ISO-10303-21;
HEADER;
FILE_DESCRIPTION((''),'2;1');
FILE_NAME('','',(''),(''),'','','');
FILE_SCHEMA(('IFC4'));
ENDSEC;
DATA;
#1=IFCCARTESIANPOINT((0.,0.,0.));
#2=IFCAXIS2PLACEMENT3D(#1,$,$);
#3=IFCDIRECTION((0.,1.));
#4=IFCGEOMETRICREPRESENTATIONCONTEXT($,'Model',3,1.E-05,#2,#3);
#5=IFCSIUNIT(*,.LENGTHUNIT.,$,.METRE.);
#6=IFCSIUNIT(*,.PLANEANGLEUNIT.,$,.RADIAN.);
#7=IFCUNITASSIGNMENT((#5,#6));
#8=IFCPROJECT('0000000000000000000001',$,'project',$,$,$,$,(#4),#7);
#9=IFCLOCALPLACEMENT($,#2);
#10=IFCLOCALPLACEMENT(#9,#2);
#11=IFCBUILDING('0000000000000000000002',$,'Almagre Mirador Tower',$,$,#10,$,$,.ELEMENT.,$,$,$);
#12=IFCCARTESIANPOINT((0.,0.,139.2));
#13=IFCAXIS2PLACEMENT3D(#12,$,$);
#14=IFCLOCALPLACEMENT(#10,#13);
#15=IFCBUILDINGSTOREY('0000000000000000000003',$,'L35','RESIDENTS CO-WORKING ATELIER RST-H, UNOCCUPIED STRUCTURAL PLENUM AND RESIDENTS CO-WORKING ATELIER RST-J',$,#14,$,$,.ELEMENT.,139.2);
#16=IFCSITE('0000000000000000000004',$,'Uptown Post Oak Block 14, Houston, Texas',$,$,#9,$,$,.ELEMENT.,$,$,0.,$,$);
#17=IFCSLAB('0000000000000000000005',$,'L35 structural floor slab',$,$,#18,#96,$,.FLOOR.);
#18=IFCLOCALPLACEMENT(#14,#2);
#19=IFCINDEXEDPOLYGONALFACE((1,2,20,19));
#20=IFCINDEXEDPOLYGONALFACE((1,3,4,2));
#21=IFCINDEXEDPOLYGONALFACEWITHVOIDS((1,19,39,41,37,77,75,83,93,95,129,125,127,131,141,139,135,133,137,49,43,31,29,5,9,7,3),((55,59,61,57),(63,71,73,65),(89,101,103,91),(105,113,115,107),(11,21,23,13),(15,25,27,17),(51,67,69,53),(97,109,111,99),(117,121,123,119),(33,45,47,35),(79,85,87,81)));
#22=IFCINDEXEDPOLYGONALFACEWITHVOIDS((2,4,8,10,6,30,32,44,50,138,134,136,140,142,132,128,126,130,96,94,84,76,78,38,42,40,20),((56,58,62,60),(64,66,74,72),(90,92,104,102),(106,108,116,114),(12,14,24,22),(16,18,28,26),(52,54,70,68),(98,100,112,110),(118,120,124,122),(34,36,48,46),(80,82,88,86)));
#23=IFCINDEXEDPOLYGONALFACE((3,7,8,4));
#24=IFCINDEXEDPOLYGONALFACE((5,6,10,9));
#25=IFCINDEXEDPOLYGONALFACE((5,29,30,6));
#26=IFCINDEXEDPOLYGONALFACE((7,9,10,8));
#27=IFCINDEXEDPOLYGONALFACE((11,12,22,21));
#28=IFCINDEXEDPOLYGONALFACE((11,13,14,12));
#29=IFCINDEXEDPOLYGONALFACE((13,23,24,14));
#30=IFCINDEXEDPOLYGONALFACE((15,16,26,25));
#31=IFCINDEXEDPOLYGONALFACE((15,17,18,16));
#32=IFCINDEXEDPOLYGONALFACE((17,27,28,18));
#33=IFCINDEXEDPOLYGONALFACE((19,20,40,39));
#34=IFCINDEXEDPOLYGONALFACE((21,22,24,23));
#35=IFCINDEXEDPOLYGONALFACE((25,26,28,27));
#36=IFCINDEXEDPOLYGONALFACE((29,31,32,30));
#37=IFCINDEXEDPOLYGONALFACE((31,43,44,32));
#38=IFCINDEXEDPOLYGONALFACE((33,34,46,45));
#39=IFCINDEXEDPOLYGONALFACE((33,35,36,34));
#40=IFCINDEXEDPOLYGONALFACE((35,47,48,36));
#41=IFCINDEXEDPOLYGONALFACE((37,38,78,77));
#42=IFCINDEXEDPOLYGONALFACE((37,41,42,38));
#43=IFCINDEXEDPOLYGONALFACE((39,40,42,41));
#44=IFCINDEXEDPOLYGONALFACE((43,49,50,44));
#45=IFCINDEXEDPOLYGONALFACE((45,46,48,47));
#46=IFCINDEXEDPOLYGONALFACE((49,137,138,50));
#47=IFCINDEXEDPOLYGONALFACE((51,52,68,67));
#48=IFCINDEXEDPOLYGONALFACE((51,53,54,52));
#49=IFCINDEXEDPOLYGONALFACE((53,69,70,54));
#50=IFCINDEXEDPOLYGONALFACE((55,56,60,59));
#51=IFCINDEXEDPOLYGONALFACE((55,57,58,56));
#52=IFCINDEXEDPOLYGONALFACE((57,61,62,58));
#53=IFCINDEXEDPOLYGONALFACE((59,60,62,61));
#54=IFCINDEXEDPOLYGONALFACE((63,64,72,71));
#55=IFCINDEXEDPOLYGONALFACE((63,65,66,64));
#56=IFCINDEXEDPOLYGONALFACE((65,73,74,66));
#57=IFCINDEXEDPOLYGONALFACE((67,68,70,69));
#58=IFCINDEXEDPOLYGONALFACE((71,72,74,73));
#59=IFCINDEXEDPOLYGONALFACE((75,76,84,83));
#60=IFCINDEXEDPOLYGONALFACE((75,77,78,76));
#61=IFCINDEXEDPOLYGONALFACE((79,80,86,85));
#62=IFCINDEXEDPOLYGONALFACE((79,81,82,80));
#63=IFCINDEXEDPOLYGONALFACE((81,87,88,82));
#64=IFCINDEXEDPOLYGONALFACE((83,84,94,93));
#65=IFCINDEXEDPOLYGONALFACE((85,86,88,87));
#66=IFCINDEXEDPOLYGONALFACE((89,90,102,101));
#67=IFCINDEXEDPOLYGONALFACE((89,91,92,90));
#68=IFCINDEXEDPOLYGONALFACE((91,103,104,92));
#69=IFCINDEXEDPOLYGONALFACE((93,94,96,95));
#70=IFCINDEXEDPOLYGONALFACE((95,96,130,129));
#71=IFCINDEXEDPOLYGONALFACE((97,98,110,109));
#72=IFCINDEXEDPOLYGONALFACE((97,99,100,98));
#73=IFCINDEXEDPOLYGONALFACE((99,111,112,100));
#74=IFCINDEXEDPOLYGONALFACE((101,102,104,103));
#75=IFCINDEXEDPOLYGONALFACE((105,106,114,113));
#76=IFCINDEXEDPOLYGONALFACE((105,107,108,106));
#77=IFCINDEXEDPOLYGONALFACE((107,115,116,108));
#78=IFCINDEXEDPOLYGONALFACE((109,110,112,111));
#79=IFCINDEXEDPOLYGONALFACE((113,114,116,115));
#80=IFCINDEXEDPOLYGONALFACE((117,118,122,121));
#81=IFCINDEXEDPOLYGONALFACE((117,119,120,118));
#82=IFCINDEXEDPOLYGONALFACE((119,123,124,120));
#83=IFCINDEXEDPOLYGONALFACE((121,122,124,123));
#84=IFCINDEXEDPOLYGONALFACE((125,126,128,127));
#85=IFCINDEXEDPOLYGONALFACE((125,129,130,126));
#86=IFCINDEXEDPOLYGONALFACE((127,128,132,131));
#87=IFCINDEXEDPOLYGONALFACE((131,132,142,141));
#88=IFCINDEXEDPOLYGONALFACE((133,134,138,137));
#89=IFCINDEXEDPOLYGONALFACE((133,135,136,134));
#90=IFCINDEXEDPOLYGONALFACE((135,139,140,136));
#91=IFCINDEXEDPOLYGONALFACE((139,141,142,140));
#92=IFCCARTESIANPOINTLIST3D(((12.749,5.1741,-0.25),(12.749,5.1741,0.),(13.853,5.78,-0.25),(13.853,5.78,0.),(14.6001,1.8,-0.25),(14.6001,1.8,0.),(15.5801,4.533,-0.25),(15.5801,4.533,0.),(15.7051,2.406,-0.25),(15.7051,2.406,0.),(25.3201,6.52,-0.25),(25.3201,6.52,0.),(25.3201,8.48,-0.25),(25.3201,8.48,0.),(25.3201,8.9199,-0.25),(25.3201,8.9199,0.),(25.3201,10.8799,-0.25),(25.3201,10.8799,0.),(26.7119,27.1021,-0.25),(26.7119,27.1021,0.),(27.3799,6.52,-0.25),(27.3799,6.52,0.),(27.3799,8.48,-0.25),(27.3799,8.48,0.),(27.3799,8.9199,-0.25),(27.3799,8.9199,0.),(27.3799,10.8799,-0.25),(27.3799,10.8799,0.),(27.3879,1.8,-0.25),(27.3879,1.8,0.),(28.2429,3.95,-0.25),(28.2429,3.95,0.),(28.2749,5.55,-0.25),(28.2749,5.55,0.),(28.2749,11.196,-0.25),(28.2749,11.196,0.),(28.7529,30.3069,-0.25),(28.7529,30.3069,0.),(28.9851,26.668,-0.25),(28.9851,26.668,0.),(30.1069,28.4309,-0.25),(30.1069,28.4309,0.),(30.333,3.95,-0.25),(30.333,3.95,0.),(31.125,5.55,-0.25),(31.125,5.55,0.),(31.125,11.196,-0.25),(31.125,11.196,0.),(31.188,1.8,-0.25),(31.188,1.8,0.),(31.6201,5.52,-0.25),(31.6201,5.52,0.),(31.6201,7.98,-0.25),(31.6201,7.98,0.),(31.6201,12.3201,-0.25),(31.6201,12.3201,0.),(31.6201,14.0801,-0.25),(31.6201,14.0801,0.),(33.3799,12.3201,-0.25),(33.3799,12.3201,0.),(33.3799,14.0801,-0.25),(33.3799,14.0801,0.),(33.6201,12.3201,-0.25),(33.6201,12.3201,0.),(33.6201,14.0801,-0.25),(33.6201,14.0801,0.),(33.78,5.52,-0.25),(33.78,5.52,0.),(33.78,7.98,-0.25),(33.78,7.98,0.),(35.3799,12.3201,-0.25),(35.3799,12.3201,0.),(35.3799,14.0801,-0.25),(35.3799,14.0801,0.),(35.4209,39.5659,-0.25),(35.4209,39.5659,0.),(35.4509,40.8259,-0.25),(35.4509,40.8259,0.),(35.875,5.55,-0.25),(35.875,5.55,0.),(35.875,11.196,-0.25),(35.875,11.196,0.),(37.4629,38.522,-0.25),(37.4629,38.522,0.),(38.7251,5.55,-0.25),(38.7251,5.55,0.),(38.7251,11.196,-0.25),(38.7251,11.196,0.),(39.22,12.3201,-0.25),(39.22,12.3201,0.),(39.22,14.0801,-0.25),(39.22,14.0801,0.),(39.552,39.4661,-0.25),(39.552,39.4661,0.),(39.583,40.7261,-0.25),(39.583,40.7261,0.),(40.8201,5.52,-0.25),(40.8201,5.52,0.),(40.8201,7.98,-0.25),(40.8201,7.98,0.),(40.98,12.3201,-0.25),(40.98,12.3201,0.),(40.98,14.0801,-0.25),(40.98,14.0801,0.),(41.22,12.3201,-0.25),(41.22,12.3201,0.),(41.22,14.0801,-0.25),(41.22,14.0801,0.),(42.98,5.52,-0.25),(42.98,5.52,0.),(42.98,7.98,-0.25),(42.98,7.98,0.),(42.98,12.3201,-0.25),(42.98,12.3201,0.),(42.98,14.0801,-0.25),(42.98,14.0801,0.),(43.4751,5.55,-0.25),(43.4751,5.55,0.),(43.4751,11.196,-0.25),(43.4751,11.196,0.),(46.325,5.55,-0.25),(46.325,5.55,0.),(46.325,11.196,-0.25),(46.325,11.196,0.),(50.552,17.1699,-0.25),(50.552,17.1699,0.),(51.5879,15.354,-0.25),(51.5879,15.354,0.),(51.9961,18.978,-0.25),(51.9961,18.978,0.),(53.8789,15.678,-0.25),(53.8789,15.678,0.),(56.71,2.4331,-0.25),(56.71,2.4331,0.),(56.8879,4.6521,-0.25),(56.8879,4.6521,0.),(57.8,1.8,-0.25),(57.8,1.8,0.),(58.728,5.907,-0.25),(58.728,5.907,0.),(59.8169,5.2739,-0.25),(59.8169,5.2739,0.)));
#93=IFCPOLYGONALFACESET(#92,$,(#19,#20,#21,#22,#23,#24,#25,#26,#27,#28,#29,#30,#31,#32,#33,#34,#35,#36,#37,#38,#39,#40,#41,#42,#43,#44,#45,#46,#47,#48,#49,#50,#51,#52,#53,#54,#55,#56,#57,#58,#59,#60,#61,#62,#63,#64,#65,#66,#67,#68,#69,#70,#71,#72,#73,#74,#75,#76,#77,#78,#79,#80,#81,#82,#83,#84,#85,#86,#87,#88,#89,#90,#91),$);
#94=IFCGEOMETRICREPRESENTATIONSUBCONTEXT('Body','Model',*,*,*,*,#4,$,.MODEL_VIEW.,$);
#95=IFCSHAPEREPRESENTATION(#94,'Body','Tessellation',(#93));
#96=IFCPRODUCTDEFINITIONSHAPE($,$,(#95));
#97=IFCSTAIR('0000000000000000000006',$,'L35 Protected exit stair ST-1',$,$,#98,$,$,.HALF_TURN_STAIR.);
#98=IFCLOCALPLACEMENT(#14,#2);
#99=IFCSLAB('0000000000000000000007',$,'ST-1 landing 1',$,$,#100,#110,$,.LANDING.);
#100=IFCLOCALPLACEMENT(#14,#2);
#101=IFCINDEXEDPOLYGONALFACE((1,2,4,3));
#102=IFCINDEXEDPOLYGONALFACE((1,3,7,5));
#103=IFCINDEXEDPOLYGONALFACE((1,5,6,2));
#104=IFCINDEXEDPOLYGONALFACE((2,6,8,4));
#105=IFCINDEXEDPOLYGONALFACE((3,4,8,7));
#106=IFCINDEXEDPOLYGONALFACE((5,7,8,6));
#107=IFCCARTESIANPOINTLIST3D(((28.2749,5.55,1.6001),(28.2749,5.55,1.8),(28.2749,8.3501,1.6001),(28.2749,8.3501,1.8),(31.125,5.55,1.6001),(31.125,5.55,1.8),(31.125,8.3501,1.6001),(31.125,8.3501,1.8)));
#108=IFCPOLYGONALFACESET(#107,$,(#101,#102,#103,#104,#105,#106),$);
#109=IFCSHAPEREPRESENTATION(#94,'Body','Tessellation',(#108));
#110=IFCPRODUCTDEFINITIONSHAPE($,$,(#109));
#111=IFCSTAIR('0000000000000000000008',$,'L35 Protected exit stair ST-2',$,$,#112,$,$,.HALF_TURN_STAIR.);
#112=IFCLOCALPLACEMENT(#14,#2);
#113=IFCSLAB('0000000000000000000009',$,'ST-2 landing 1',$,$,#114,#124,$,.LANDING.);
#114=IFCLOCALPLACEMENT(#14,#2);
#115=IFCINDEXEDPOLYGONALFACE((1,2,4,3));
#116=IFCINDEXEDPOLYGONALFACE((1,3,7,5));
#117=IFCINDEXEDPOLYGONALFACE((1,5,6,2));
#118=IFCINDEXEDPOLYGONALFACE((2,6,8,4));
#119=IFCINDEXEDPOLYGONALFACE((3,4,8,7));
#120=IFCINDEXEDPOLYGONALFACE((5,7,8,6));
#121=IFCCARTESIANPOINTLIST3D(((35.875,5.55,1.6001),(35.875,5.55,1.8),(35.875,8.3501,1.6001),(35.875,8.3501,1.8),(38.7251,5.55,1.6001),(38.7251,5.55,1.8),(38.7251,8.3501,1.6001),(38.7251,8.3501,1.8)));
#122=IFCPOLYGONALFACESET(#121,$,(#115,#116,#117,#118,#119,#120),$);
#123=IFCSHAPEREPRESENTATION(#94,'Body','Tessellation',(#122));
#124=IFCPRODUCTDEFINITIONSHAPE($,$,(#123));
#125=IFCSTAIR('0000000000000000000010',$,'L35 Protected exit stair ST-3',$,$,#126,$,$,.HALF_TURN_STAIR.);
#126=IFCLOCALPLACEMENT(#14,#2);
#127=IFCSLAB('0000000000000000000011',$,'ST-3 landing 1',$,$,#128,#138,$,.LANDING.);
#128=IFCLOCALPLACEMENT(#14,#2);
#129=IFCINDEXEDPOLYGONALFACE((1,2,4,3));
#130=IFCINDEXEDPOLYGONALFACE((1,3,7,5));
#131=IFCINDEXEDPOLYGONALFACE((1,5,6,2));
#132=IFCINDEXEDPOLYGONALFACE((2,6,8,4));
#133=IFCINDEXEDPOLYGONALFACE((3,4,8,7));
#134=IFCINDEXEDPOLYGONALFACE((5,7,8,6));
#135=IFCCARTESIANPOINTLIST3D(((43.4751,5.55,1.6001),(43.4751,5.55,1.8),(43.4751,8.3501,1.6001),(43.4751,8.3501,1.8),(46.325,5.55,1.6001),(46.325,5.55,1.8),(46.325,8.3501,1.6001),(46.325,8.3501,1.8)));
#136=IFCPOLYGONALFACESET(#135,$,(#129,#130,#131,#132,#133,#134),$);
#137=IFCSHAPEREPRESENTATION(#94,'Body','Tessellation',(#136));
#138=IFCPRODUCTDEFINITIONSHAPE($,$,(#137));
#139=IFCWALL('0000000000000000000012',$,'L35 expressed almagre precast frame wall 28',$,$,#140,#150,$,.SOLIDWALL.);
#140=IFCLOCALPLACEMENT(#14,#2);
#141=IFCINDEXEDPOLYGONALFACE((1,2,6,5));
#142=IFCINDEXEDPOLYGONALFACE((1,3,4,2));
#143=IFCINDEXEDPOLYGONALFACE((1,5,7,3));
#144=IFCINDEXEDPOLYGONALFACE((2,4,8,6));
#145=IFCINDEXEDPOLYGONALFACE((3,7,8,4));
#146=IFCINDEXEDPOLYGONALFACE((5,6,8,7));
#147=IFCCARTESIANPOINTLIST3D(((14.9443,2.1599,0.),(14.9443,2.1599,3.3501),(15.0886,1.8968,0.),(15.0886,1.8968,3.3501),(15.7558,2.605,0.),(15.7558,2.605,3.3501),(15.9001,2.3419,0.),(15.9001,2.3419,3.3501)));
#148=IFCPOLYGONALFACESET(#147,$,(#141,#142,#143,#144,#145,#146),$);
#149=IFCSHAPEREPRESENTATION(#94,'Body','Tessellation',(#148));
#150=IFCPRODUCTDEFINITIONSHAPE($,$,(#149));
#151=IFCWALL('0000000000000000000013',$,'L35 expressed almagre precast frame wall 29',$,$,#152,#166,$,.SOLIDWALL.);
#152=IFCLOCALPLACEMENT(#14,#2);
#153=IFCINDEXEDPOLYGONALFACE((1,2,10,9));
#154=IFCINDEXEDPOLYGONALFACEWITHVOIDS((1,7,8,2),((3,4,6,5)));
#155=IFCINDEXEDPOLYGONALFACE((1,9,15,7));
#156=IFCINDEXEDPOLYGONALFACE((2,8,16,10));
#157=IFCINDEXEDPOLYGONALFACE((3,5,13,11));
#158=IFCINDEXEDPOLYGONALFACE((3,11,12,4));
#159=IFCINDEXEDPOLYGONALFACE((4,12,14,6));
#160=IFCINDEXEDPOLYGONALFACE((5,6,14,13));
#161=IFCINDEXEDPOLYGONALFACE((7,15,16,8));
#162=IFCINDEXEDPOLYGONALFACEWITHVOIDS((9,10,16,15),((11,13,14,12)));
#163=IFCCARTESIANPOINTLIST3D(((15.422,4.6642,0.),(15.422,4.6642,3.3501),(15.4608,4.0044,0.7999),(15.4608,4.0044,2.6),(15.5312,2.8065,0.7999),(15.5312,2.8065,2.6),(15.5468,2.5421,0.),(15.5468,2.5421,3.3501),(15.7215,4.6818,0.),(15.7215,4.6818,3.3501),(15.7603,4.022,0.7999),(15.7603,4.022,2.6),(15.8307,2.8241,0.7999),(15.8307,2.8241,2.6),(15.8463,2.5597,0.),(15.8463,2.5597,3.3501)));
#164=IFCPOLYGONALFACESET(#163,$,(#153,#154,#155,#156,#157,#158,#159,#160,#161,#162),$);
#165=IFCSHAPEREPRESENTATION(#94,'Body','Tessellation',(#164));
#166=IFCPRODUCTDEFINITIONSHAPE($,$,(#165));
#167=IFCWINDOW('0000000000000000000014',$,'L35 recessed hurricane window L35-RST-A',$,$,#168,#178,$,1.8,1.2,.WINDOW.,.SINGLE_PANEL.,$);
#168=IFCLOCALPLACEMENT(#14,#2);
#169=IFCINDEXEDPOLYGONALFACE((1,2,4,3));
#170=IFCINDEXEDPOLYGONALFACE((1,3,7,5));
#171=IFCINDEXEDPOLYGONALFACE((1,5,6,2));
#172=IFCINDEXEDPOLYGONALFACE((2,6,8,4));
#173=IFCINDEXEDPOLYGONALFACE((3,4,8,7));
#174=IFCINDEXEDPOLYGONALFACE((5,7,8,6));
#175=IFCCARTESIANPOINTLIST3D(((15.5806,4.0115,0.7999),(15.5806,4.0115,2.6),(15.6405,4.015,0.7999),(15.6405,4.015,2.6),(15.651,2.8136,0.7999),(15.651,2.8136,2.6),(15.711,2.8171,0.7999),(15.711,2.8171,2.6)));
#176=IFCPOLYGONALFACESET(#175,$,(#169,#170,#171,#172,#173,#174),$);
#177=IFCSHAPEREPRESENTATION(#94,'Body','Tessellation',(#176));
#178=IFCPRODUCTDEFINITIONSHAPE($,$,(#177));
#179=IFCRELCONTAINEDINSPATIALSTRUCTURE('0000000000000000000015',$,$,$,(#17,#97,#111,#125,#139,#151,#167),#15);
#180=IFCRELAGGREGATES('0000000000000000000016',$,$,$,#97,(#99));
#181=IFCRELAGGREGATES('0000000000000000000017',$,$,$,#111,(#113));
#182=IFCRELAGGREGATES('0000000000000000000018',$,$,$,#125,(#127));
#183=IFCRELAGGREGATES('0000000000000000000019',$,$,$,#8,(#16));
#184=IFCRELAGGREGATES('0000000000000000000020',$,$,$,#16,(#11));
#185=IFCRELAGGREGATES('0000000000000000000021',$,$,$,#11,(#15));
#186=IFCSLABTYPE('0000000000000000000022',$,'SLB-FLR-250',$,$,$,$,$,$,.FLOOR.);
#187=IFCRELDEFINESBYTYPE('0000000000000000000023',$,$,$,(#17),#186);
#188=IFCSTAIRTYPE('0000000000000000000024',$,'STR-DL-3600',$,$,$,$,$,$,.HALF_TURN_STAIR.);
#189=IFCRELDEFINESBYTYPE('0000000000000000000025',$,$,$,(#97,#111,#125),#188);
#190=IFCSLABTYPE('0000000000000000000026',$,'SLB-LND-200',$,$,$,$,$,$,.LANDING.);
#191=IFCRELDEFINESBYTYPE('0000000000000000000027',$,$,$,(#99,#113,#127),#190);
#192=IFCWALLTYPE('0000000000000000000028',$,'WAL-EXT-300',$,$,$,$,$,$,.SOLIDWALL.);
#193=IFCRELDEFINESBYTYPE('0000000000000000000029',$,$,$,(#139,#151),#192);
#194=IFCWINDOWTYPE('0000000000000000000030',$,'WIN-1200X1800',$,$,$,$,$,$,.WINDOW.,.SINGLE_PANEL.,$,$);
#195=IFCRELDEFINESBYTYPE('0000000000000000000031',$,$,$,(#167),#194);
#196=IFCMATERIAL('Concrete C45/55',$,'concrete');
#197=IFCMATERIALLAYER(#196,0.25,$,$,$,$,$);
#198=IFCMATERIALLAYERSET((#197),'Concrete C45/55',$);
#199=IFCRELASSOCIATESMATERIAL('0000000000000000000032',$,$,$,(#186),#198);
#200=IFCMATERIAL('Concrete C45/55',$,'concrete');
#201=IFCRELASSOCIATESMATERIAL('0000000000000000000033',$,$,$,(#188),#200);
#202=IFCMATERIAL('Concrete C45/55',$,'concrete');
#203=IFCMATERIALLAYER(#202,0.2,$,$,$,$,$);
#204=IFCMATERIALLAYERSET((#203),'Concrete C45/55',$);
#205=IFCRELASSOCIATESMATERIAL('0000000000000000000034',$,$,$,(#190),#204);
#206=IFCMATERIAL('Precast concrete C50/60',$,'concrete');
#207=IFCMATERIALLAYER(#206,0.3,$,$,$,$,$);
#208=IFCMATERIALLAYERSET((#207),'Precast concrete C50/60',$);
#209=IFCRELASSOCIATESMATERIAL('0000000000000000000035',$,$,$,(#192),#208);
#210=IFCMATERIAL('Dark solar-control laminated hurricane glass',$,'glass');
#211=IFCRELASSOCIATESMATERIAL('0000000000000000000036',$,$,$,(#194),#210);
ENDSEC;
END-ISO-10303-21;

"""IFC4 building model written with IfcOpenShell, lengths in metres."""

from ifc_helpers import new_model, si_unit, direction, frame, frame_2d, origin, place, context, subcontext, project, spatial, polyline, rectangle, outline, extrude, material, layer, layer_set, type_object, element, fill, aggregate, save


model = new_model("IFC4")

# Units and contexts
model_context = context("Model", 3, precision=1e-05, world=origin(), true_north=direction((0.0, 1.0)))
body_context = subcontext(model_context, "Body", "Model", "MODEL_VIEW")
ifc_project = project(units=[si_unit("LENGTHUNIT", "METRE"), si_unit("PLANEANGLEUNIT", "RADIAN")], contexts=[model_context])

# Site, building, storey
site_placement = place(None, origin())
site = spatial("IfcSite", under=ifc_project, at=site_placement, Name="Uptown Post Oak Block 14, Houston, Texas", CompositionType="ELEMENT", RefElevation=0.0)
building_placement = place(site_placement, origin())
building = spatial("IfcBuilding", under=site, at=building_placement, Name="Almagre Mirador Tower", CompositionType="ELEMENT")
storey_placement = place(building_placement, frame((0.0, 0.0, 139.2)))
storey = spatial("IfcBuildingStorey", under=building, at=storey_placement, Name="L35", Description="RESIDENTS CO-WORKING ATELIER RST-H, UNOCCUPIED STRUCTURAL PLENUM AND RESIDENTS CO-WORKING ATELIER RST-J", CompositionType="ELEMENT", Elevation=139.2)

# Slab
ifc_material_1 = material(Name="Concrete C45/55", Category="concrete")
ifc_layer_1 = layer(ifc_material_1, 0.25)
ifc_layer_set_1 = layer_set([ifc_layer_1], Name="Concrete C45/55")
slab_type_1 = type_object("IfcSlabType", Name="SLB-FLR-250", PredefinedType="FLOOR", material=ifc_layer_set_1)
slab_1_placement = place(storey_placement, frame((0.0, 0.0, -0.25)))
element("IfcSlab", 1, at=slab_1_placement, inside=storey, type_object=slab_type_1, Name="L35 structural floor slab", PredefinedType="FLOOR", context=body_context, shape_type="SweptSolid", body=[
    extrude(outline(polyline([(12.749, 5.1741), (13.853, 5.78), (15.5801, 4.533), (15.7051, 2.406), (14.6001, 1.8), (27.3879, 1.8), (28.2429, 3.95), (30.333, 3.95), (31.188, 1.8), (57.8, 1.8), (56.71, 2.4331), (56.8879, 4.6521), (58.728, 5.907), (59.8169, 5.2739), (53.8789, 15.678), (51.5879, 15.354), (50.552, 17.1699), (51.9961, 18.978), (39.583, 40.7261), (39.552, 39.4661), (37.4629, 38.522), (35.4209, 39.5659), (35.4509, 40.8259), (28.7529, 30.3069), (30.1069, 28.4309), (28.9851, 26.668), (26.7119, 27.1021), (12.749, 5.1741)]), holes=[polyline([(43.4751, 5.55), (43.4751, 11.196), (46.325, 11.196), (46.325, 5.55), (43.4751, 5.55)]), polyline([(40.8201, 5.52), (40.8201, 7.98), (42.98, 7.98), (42.98, 5.52), (40.8201, 5.52)]), polyline([(41.22, 12.3201), (41.22, 14.0801), (42.98, 14.0801), (42.98, 12.3201), (41.22, 12.3201)]), polyline([(39.22, 12.3201), (39.22, 14.0801), (40.98, 14.0801), (40.98, 12.3201), (39.22, 12.3201)]), polyline([(35.875, 11.196), (38.7251, 11.196), (38.7251, 5.55), (35.875, 5.55), (35.875, 11.196)]), polyline([(35.3799, 12.3201), (33.6201, 12.3201), (33.6201, 14.0801), (35.3799, 14.0801), (35.3799, 12.3201)]), polyline([(33.78, 5.52), (31.6201, 5.52), (31.6201, 7.98), (33.78, 7.98), (33.78, 5.52)]), polyline([(31.6201, 12.3201), (31.6201, 14.0801), (33.3799, 14.0801), (33.3799, 12.3201), (31.6201, 12.3201)]), polyline([(28.2749, 5.55), (28.2749, 11.196), (31.125, 11.196), (31.125, 5.55), (28.2749, 5.55)]), polyline([(25.3201, 8.9199), (25.3201, 10.8799), (27.3799, 10.8799), (27.3799, 8.9199), (25.3201, 8.9199)]), polyline([(27.3799, 6.52), (25.3201, 6.52), (25.3201, 8.48), (27.3799, 8.48), (27.3799, 6.52)])]), origin(), (0.0, 0.0, 1.0), 0.25),
])

# Stairs, slabs
ifc_material_2 = material(Name="Concrete C45/55", Category="concrete")
stair_type = type_object("IfcStairType", Name="STR-DL-3600", PredefinedType="HALF_TURN_STAIR", material=ifc_material_2)
stair_1_placement = place(storey_placement, origin())
stair_1 = element("IfcStair", 2, at=stair_1_placement, inside=storey, type_object=stair_type, Name="L35 Protected exit stair ST-1", PredefinedType="HALF_TURN_STAIR")
ifc_material_3 = material(Name="Concrete C45/55", Category="concrete")
ifc_layer_2 = layer(ifc_material_3, 0.2)
ifc_layer_set_2 = layer_set([ifc_layer_2], Name="Concrete C45/55")
slab_type_2 = type_object("IfcSlabType", Name="SLB-LND-200", PredefinedType="LANDING", material=ifc_layer_set_2)
slab_2_placement = place(storey_placement, frame((0.0, 0.0, 1.6001)))
slab_2 = element("IfcSlab", 3, at=slab_2_placement, type_object=slab_type_2, Name="ST-1 landing 1", PredefinedType="LANDING", context=body_context, shape_type="SweptSolid", body=[
    extrude(outline(polyline([(28.2749, 8.3501), (28.2749, 5.55), (31.125, 5.55), (31.125, 8.3501), (28.2749, 8.3501)])), origin(), (0.0, 0.0, 1.0), 0.2),
])
aggregate(stair_1, [slab_2])
stair_2_placement = place(storey_placement, origin())
stair_2 = element("IfcStair", 4, at=stair_2_placement, inside=storey, type_object=stair_type, Name="L35 Protected exit stair ST-2", PredefinedType="HALF_TURN_STAIR")
slab_3_placement = place(storey_placement, frame((0.0, 0.0, 1.6001)))
slab_3 = element("IfcSlab", 5, at=slab_3_placement, type_object=slab_type_2, Name="ST-2 landing 1", PredefinedType="LANDING", context=body_context, shape_type="SweptSolid", body=[
    extrude(outline(polyline([(35.875, 8.3501), (35.875, 5.55), (38.7251, 5.55), (38.7251, 8.3501), (35.875, 8.3501)])), origin(), (0.0, 0.0, 1.0), 0.2),
])
aggregate(stair_2, [slab_3])
stair_3_placement = place(storey_placement, origin())
stair_3 = element("IfcStair", 6, at=stair_3_placement, inside=storey, type_object=stair_type, Name="L35 Protected exit stair ST-3", PredefinedType="HALF_TURN_STAIR")
slab_4_placement = place(storey_placement, frame((0.0, 0.0, 1.6001)))
slab_4 = element("IfcSlab", 7, at=slab_4_placement, type_object=slab_type_2, Name="ST-3 landing 1", PredefinedType="LANDING", context=body_context, shape_type="SweptSolid", body=[
    extrude(outline(polyline([(43.4751, 8.3501), (43.4751, 5.55), (46.325, 5.55), (46.325, 8.3501), (43.4751, 8.3501)])), origin(), (0.0, 0.0, 1.0), 0.2),
])
aggregate(stair_3, [slab_4])

# Wall
ifc_material_4 = material(Name="Precast concrete C50/60", Category="concrete")
ifc_layer_3 = layer(ifc_material_4, 0.3)
ifc_layer_set_3 = layer_set([ifc_layer_3], Name="Precast concrete C50/60")
wall_type = type_object("IfcWallType", Name="WAL-EXT-300", PredefinedType="SOLIDWALL", material=ifc_layer_set_3)
wall_1_placement = place(storey_placement, frame((15.0164, 2.0283, 0.0), z_axis=(0.0, 0.0, 1.0), x_axis=(0.876794, 0.480865, 0.0)))
element("IfcWall", 8, at=wall_1_placement, inside=storey, type_object=wall_type, Name="L35 expressed almagre precast frame wall 28", PredefinedType="SOLIDWALL", context=body_context, shape_type="SweptSolid", body=[
    extrude(rectangle(XDim=0.9255, YDim=0.3, at=frame_2d((0.4629, 0.0))), origin(), (0.0, 0.0, 1.0), 3.3501),
])

# Wall, opening, window
wall_2_placement = place(storey_placement, frame((15.6965, 2.5508, 0.0), z_axis=(0.0, 0.0, 1.0), x_axis=(-0.058688, 0.998276, 0.0)))
wall_2 = element("IfcWall", 9, at=wall_2_placement, inside=storey, type_object=wall_type, Name="L35 expressed almagre precast frame wall 29", PredefinedType="SOLIDWALL", context=body_context, shape_type="SweptSolid", body=[
    extrude(rectangle(XDim=2.1257, YDim=0.3, at=frame_2d((1.063, 0.0))), origin(), (0.0, 0.0, 1.0), 3.3501),
])
opening_1_placement = place(wall_2_placement, frame((0.2649, 0.0, 0.8)))
opening_1 = element("IfcOpeningElement", 10, at=opening_1_placement, cuts=wall_2, PredefinedType="OPENING", context=body_context, shape_type="SweptSolid", body=[
    extrude(rectangle(XDim=1.2, YDim=1.8, at=frame_2d((0.6001, 0.8999))), frame((0.0, 0.1599, 0.0), z_axis=(0.0, -1.0, 0.0), x_axis=(1.0, 0.0, 0.0)), (0.0, 0.0, 1.0), 0.32),
])
ifc_material_5 = material(Name="Dark solar-control laminated hurricane glass", Category="glass")
window_type_1 = type_object("IfcWindowType", Name="WIN-1200X1800", PartitioningType="SINGLE_PANEL", PredefinedType="WINDOW", material=ifc_material_5)
window_1_placement = place(opening_1_placement, origin())
window_1 = element("IfcWindow", 11, at=window_1_placement, inside=storey, type_object=window_type_1, Name="L35 recessed hurricane window L35-RST-A", OverallHeight=1.8, OverallWidth=1.2, PartitioningType="SINGLE_PANEL", PredefinedType="WINDOW", context=body_context, shape_type="SweptSolid", body=[
    extrude(rectangle(XDim=1.2, YDim=1.8, at=frame_2d((0.6001, 0.8999))), frame((0.0, 0.03, 0.0), z_axis=(0.0, -1.0, 0.0), x_axis=(1.0, 0.0, 0.0)), (0.0, 0.0, 1.0), 0.0601),
])
fill(opening_1, window_1)

save(model, "model.ifc")
